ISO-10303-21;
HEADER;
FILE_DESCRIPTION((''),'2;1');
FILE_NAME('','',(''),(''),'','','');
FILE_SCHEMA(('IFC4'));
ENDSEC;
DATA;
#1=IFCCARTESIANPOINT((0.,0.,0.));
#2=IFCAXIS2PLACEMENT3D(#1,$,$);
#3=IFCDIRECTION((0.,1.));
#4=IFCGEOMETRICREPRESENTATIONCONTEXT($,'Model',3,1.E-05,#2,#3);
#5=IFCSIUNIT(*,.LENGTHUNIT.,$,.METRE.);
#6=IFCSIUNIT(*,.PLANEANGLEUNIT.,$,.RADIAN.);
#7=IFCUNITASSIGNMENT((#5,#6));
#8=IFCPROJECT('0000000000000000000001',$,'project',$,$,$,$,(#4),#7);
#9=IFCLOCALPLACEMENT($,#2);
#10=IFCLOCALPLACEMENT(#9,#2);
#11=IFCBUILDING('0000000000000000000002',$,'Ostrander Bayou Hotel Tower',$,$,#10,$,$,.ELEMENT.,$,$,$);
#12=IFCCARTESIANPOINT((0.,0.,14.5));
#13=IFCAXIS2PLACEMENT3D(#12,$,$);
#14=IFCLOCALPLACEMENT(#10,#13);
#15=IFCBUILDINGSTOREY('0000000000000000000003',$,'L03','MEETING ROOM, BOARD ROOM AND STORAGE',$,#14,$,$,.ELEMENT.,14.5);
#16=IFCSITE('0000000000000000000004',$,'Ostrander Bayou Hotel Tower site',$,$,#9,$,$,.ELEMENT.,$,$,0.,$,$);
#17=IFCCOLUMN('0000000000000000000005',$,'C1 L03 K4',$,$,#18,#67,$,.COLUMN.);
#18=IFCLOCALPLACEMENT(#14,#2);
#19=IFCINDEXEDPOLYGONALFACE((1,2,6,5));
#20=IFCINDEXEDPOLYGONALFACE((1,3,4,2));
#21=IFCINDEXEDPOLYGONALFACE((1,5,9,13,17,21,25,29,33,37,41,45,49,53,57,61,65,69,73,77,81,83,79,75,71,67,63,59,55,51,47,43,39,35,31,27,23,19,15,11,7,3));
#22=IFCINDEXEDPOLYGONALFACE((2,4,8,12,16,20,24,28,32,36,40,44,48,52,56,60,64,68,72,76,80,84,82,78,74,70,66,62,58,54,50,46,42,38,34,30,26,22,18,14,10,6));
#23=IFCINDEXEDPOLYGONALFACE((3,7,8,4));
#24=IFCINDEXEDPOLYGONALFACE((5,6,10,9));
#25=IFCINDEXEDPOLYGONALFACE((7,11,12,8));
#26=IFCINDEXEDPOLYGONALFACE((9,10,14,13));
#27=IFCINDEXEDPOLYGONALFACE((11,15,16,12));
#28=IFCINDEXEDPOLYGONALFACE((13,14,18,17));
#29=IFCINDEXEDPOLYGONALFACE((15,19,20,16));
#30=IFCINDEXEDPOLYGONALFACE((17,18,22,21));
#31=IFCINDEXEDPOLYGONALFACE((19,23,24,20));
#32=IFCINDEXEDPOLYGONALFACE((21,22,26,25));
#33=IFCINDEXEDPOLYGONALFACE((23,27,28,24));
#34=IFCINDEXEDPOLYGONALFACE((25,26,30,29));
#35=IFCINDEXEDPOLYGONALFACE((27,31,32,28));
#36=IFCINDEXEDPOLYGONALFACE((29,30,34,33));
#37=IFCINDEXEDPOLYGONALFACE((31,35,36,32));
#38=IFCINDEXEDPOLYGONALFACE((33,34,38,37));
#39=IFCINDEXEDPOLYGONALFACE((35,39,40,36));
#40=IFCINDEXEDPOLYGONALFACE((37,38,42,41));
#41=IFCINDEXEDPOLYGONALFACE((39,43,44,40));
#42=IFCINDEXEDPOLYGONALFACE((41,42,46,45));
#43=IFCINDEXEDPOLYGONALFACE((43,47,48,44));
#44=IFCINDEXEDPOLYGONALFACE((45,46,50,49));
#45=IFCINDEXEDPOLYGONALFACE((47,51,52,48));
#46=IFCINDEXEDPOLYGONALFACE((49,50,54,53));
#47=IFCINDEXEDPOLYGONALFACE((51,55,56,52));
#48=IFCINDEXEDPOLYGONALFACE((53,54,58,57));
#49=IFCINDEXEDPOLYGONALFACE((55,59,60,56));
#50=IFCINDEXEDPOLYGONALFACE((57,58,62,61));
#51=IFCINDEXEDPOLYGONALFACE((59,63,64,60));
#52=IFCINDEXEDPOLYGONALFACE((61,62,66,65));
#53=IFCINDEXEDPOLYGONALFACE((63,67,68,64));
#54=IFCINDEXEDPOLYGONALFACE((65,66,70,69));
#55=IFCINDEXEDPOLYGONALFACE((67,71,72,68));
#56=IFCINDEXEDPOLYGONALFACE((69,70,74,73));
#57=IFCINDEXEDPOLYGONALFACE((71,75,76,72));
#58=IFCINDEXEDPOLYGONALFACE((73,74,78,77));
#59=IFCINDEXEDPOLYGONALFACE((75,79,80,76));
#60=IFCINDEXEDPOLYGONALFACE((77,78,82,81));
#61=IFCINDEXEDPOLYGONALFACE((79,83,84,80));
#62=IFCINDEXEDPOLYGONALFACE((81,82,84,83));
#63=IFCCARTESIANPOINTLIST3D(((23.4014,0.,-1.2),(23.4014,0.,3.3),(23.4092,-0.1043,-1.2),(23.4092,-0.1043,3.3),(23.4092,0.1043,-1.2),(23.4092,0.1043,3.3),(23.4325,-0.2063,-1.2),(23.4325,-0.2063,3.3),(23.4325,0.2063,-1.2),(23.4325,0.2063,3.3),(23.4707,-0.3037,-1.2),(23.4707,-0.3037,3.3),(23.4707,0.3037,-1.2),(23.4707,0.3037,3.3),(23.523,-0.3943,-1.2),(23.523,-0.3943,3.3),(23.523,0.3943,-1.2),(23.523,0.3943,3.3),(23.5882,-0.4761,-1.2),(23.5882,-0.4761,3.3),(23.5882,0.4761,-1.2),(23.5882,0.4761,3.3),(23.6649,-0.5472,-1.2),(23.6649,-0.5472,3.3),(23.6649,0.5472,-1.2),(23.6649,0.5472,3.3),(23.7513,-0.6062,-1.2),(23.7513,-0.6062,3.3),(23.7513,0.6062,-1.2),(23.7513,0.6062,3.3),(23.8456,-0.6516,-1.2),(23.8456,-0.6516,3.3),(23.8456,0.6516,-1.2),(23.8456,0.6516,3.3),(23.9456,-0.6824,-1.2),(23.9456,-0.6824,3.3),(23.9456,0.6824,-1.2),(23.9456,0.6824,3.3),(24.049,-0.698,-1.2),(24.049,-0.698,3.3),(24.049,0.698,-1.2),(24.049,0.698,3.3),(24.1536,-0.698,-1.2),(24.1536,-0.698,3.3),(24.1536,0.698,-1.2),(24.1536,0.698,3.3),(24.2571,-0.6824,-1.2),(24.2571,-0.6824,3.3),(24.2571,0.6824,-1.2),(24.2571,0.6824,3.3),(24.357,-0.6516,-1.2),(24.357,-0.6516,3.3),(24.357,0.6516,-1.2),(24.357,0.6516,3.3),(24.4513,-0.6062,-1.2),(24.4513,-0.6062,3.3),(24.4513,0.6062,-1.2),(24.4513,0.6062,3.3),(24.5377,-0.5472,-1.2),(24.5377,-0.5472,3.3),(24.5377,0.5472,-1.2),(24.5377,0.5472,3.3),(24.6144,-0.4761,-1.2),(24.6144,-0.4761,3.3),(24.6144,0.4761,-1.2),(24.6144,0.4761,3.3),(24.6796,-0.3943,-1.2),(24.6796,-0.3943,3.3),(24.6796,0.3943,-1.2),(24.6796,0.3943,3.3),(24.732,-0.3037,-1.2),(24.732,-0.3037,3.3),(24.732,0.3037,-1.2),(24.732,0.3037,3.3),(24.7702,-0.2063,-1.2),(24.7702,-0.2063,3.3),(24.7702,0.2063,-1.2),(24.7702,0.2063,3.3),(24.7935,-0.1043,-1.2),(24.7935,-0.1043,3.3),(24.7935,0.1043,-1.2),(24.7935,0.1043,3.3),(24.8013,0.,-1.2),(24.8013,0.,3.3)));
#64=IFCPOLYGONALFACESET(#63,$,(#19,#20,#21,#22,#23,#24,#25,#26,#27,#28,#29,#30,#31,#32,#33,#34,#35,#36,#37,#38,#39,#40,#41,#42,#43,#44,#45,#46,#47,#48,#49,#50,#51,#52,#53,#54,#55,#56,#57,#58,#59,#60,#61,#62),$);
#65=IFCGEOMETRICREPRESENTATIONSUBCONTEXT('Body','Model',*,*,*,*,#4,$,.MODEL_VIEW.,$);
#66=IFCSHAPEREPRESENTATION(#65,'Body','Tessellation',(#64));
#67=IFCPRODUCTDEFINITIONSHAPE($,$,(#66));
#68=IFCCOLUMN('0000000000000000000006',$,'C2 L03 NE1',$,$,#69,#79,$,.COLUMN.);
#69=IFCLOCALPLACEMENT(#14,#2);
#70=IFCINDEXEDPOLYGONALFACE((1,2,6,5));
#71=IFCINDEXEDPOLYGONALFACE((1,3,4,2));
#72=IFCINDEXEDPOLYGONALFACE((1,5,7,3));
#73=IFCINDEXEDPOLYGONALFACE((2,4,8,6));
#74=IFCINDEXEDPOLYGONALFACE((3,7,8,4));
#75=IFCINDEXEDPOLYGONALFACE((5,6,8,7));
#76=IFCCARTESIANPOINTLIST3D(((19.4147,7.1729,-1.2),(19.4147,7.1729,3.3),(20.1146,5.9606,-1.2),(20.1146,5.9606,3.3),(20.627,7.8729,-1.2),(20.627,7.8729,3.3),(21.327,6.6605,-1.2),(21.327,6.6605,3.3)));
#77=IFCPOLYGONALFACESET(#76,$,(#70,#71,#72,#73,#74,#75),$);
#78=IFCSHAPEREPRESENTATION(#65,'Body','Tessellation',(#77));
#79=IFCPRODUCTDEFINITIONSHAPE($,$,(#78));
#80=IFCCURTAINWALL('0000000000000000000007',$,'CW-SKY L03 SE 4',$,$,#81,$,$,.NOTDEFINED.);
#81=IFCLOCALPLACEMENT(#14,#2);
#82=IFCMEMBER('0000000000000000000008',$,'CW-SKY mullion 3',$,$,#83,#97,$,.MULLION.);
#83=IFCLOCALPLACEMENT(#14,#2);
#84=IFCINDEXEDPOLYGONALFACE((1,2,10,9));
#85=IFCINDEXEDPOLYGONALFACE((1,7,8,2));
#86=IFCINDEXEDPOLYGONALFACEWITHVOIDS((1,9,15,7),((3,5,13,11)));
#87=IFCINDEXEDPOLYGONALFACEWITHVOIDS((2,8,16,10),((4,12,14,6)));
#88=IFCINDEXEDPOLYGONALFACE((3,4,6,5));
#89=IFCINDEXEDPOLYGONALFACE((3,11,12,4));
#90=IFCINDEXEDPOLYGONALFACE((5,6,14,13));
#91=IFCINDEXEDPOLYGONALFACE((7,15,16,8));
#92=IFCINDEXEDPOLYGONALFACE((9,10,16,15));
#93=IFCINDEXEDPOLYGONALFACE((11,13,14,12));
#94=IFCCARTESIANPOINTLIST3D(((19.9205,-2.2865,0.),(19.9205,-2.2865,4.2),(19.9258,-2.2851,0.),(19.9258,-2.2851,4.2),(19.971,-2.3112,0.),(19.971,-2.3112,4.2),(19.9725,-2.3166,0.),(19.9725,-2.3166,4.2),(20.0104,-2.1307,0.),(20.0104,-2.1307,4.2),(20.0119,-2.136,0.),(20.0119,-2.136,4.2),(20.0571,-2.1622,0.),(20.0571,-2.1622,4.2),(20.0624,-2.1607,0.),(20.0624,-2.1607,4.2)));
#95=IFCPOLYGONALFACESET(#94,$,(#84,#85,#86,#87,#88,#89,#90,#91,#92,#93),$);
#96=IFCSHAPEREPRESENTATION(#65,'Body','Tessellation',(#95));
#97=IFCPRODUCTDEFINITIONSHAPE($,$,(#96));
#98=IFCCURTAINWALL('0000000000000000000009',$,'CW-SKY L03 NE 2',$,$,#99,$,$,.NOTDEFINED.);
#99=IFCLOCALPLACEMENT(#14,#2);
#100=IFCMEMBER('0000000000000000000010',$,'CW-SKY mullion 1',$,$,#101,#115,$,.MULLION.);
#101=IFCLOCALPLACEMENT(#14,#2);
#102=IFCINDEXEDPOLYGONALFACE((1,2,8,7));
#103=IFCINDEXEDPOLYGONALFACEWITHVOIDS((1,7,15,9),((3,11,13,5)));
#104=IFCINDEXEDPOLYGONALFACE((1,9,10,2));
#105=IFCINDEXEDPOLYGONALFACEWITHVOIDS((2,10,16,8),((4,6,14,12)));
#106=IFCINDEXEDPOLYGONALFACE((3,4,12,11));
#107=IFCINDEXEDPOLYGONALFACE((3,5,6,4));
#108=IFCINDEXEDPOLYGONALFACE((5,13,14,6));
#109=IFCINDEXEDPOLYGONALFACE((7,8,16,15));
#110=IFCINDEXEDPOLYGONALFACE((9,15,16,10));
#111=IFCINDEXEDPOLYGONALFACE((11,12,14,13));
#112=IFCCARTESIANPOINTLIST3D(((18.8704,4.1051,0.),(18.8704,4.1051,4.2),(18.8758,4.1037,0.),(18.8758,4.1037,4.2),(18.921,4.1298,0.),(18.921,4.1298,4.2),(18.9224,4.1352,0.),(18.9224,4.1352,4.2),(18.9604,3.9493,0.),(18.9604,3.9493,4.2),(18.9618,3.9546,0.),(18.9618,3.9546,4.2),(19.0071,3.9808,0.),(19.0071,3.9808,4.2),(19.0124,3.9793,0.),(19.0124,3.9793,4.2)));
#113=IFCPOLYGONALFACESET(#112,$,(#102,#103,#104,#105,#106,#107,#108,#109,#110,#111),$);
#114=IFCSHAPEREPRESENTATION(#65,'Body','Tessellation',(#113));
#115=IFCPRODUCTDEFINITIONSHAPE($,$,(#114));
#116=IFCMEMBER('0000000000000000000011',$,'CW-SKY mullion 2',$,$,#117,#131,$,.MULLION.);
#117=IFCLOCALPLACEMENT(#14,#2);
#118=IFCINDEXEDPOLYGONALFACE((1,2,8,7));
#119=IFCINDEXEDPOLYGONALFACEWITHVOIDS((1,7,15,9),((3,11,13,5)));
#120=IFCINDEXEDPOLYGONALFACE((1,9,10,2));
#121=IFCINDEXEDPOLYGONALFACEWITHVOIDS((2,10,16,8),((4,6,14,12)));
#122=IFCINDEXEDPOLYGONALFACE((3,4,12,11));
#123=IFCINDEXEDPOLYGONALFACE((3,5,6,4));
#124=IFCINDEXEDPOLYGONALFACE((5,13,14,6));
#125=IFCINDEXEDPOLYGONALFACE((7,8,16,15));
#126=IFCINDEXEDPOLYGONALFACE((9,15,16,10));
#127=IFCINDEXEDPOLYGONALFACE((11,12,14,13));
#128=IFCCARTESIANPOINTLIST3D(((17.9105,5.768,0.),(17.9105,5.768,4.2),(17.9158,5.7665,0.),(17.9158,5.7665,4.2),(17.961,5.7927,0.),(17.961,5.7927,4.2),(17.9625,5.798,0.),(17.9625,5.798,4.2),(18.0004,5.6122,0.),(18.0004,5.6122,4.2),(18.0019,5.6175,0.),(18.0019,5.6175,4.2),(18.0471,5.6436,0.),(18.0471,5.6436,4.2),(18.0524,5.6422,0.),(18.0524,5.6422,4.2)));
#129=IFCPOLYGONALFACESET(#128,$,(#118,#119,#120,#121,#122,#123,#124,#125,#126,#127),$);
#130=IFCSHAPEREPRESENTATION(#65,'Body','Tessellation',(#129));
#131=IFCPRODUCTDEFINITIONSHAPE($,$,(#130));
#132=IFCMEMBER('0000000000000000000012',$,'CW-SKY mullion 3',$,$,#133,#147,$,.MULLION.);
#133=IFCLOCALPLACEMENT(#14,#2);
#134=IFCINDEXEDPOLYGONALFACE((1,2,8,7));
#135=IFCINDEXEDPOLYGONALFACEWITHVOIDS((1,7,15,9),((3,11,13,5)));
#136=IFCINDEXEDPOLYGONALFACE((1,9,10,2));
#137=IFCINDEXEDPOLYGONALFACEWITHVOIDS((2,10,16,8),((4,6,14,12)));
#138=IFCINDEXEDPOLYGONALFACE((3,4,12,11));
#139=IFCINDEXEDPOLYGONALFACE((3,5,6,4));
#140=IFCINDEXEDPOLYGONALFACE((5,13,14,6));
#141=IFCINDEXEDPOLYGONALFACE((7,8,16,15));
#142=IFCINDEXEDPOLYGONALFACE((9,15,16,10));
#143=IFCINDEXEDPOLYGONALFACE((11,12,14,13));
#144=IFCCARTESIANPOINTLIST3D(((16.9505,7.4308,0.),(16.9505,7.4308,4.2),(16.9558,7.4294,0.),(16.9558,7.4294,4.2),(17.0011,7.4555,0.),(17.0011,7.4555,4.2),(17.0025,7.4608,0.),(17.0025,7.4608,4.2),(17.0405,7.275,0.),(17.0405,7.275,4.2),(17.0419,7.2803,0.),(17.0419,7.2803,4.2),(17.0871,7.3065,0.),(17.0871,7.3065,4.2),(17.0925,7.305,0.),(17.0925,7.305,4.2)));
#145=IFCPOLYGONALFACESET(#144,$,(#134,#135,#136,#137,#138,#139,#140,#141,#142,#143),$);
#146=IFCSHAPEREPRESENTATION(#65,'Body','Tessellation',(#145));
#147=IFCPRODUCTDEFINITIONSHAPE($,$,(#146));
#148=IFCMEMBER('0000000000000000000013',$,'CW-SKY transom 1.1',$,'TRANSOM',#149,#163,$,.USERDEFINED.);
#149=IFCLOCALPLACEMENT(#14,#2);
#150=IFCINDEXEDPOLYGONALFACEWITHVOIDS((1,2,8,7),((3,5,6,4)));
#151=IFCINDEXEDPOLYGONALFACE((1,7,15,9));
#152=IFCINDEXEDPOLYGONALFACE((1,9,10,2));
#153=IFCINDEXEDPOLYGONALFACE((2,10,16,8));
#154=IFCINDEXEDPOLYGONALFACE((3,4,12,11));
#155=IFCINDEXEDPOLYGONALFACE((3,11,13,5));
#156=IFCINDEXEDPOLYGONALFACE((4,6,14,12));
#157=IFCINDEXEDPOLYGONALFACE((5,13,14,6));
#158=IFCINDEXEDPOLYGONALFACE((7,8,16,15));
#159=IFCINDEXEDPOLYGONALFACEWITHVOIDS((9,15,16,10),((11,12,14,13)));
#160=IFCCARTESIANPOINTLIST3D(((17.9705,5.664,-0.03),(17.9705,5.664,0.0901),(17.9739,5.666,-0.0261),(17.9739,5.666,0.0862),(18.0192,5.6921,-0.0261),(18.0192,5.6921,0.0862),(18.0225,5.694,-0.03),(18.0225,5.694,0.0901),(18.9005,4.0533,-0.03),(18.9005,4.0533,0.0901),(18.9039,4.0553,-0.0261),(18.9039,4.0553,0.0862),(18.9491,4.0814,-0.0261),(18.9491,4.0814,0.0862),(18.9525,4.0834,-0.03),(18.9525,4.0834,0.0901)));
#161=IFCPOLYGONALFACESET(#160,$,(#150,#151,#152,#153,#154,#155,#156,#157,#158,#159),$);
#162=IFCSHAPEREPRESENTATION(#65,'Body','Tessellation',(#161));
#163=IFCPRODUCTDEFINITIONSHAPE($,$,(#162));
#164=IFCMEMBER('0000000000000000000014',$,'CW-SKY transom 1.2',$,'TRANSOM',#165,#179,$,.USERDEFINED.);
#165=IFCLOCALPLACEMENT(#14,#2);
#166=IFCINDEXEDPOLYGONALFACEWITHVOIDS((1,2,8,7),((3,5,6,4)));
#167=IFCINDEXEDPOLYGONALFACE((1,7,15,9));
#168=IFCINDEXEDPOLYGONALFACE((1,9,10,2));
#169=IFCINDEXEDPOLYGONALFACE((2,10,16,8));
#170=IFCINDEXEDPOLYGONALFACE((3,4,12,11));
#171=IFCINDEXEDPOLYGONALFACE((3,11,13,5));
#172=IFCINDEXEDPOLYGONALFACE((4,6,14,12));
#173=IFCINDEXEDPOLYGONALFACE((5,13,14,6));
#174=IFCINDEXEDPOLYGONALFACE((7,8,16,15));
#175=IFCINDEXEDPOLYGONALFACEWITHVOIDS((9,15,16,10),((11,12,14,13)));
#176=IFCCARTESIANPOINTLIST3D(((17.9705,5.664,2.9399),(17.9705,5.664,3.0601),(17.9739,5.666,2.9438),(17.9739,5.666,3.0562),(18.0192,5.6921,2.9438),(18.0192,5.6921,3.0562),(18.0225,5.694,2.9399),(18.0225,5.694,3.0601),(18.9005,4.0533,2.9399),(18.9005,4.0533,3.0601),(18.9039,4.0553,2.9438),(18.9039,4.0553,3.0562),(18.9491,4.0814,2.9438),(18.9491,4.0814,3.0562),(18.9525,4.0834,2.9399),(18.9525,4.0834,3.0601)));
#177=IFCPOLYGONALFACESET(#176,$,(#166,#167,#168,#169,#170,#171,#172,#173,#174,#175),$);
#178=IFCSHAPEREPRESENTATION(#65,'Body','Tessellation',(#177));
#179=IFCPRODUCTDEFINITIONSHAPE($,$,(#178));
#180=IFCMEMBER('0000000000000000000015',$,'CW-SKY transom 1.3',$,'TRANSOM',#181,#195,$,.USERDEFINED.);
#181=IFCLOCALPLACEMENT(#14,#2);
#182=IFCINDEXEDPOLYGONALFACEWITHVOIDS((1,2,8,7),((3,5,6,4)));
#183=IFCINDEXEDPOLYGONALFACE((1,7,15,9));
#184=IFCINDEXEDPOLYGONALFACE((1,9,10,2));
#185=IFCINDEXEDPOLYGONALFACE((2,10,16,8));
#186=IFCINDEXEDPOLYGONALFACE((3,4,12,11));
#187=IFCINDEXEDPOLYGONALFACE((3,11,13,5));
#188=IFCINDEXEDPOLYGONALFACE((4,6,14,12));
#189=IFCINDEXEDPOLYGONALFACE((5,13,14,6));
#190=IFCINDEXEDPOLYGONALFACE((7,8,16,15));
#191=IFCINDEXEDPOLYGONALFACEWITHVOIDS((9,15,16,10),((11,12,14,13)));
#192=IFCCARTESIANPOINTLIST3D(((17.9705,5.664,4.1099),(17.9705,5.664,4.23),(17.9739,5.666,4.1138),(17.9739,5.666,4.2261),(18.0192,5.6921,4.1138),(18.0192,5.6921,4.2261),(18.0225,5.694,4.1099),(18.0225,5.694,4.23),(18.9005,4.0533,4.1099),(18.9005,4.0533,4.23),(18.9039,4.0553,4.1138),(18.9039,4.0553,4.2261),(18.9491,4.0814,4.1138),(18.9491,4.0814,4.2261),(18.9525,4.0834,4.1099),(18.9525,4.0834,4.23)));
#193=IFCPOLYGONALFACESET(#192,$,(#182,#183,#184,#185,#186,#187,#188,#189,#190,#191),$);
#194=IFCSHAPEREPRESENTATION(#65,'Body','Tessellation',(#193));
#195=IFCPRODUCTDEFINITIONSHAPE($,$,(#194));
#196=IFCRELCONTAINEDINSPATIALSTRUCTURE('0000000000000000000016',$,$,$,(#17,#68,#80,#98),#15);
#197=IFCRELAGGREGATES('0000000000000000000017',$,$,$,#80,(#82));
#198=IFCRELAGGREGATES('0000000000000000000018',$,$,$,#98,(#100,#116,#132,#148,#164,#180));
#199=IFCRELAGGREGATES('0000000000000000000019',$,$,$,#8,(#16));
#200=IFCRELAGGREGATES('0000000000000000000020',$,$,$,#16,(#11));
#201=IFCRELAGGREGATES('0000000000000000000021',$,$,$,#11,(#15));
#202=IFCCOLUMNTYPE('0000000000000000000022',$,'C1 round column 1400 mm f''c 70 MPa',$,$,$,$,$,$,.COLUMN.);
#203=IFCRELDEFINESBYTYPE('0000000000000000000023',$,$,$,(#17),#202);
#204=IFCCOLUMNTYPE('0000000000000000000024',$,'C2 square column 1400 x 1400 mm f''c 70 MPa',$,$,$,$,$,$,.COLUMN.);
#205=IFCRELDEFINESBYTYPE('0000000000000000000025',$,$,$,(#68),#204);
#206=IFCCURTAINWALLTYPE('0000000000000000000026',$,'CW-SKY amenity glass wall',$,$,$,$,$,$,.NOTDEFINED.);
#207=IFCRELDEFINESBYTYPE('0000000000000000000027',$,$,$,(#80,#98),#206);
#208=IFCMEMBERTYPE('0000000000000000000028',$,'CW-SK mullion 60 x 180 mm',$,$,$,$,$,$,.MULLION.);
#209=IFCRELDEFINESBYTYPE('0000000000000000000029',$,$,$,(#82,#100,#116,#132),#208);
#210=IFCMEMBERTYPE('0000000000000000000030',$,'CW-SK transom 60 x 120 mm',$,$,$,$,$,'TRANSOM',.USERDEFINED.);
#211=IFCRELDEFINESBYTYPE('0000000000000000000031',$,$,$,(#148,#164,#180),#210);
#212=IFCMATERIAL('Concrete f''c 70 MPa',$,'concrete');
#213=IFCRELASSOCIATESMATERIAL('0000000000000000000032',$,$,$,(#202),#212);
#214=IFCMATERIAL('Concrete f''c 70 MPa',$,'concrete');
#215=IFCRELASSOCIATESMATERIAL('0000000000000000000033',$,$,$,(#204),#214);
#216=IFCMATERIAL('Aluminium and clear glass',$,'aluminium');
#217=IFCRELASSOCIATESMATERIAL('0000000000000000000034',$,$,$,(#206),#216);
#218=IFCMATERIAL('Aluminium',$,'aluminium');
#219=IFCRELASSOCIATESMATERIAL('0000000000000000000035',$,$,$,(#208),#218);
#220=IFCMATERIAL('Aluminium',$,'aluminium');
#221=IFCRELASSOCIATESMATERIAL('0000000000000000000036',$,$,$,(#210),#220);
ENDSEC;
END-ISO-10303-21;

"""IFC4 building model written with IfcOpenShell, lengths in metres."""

from ifc_helpers import new_model, si_unit, direction, frame, origin, origin_2d, place, context, subcontext, project, spatial, rectangle, hollow_rectangle, circle, extrude, material, material_profile, profile_set, type_object, element, aggregate, save


model = new_model("IFC4")

# Units and contexts
model_context = context("Model", 3, precision=1e-05, world=origin(), true_north=direction((0.0, 1.0)))
body_context = subcontext(model_context, "Body", "Model", "MODEL_VIEW")
ifc_project = project(units=[si_unit("LENGTHUNIT", "METRE"), si_unit("PLANEANGLEUNIT", "RADIAN")], contexts=[model_context])

# Site, building, storey
site_placement = place(None, origin())
site = spatial("IfcSite", under=ifc_project, at=site_placement, Name="Ostrander Bayou Hotel Tower site", CompositionType="ELEMENT", RefElevation=0.0)
building_placement = place(site_placement, origin())
building = spatial("IfcBuilding", under=site, at=building_placement, Name="Ostrander Bayou Hotel Tower", CompositionType="ELEMENT")
storey_placement = place(building_placement, frame((0.0, 0.0, 14.5)))
storey = spatial("IfcBuildingStorey", under=building, at=storey_placement, Name="L03", Description="MEETING ROOM, BOARD ROOM AND STORAGE", CompositionType="ELEMENT", Elevation=14.5)

# Columns
ifc_material_1 = material(Name="Concrete f'c 70 MPa", Category="concrete")
ifc_material_profile_1 = material_profile(ifc_material_1, circle(Radius=0.7, at=origin_2d()))
ifc_profile_set_1 = profile_set([ifc_material_profile_1], Name="Concrete f'c 70 MPa")
column_type_1 = type_object("IfcColumnType", Name="C1 round column 1400 mm f'c 70 MPa", PredefinedType="COLUMN", material=ifc_profile_set_1)
column_1_placement = place(storey_placement, frame((24.1013, 0.0, -1.2), z_axis=(0.0, 0.0, 1.0), x_axis=(1.0, 0.0, 0.0)))
element("IfcColumn", 1, at=column_1_placement, inside=storey, type_object=column_type_1, Name="C1 L03 K4", PredefinedType="COLUMN", context=body_context, shape_type="SweptSolid", body=[
    extrude(circle(Radius=0.7, at=origin_2d()), origin(), (0.0, 0.0, 1.0), 4.5),
])
ifc_material_2 = material(Name="Concrete f'c 70 MPa", Category="concrete")
ifc_material_profile_2 = material_profile(ifc_material_2, rectangle(XDim=1.3999, YDim=1.3999, at=origin_2d()))
ifc_profile_set_2 = profile_set([ifc_material_profile_2], Name="Concrete f'c 70 MPa")
column_type_2 = type_object("IfcColumnType", Name="C2 square column 1400 x 1400 mm f'c 70 MPa", PredefinedType="COLUMN", material=ifc_profile_set_2)
column_2_placement = place(storey_placement, frame((20.3708, 6.9167, -1.2), z_axis=(0.0, 0.0, 1.0), x_axis=(0.5, -0.866025, 0.0)))
element("IfcColumn", 2, at=column_2_placement, inside=storey, type_object=column_type_2, Name="C2 L03 NE1", PredefinedType="COLUMN", context=body_context, shape_type="SweptSolid", body=[
    extrude(rectangle(XDim=1.3999, YDim=1.3999, at=origin_2d()), origin(), (0.0, 0.0, 1.0), 4.5),
])

# Curtain wall, member
ifc_material_3 = material(Name="Aluminium and clear glass", Category="aluminium")
curtain_wall_type = type_object("IfcCurtainWallType", Name="CW-SKY amenity glass wall", PredefinedType="NOTDEFINED", material=ifc_material_3)
curtain_wall_1_placement = place(storey_placement, origin())
curtain_wall_1 = element("IfcCurtainWall", 3, at=curtain_wall_1_placement, inside=storey, type_object=curtain_wall_type, Name="CW-SKY L03 SE 4", PredefinedType="NOTDEFINED")
ifc_material_4 = material(Name="Aluminium", Category="aluminium")
ifc_material_profile_3 = material_profile(ifc_material_4, hollow_rectangle(XDim=0.0601, YDim=0.1799, WallThickness=0.0039, at=origin_2d()))
ifc_profile_set_3 = profile_set([ifc_material_profile_3], Name="Aluminium")
member_type_1 = type_object("IfcMemberType", Name="CW-SK mullion 60 x 180 mm", PredefinedType="MULLION", material=ifc_profile_set_3)
member_1_placement = place(storey_placement, frame((19.9915, -2.2236, 0.0), z_axis=(0.0, 0.0, 1.0), x_axis=(-0.866026, 0.499999, 0.0)))
member_1 = element("IfcMember", 4, at=member_1_placement, type_object=member_type_1, Name="CW-SKY mullion 3", PredefinedType="MULLION", context=body_context, shape_type="SweptSolid", body=[
    extrude(hollow_rectangle(XDim=0.0601, YDim=0.1799, WallThickness=0.0039, at=origin_2d()), origin(), (0.0, 0.0, 1.0), 4.2),
])

# Curtain wall, members
curtain_wall_2_placement = place(storey_placement, origin())
curtain_wall_2 = element("IfcCurtainWall", 5, at=curtain_wall_2_placement, inside=storey, type_object=curtain_wall_type, Name="CW-SKY L03 NE 2", PredefinedType="NOTDEFINED")
member_2_placement = place(storey_placement, frame((18.9414, 4.0422, 0.0), z_axis=(0.0, 0.0, 1.0), x_axis=(-0.866025, -0.5, 0.0)))
member_2 = element("IfcMember", 6, at=member_2_placement, type_object=member_type_1, Name="CW-SKY mullion 1", PredefinedType="MULLION", context=body_context, shape_type="SweptSolid", body=[
    extrude(hollow_rectangle(XDim=0.0601, YDim=0.1799, WallThickness=0.0039, at=origin_2d()), origin(), (0.0, 0.0, 1.0), 4.2),
])
member_3_placement = place(storey_placement, frame((17.9814, 5.7051, 0.0), z_axis=(0.0, 0.0, 1.0), x_axis=(-0.866025, -0.5, 0.0)))
member_3 = element("IfcMember", 7, at=member_3_placement, type_object=member_type_1, Name="CW-SKY mullion 2", PredefinedType="MULLION", context=body_context, shape_type="SweptSolid", body=[
    extrude(hollow_rectangle(XDim=0.0601, YDim=0.1799, WallThickness=0.0039, at=origin_2d()), origin(), (0.0, 0.0, 1.0), 4.2),
])
member_4_placement = place(storey_placement, frame((17.0215, 7.3679, 0.0), z_axis=(0.0, 0.0, 1.0), x_axis=(-0.866025, -0.5, 0.0)))
member_4 = element("IfcMember", 8, at=member_4_placement, type_object=member_type_1, Name="CW-SKY mullion 3", PredefinedType="MULLION", context=body_context, shape_type="SweptSolid", body=[
    extrude(hollow_rectangle(XDim=0.0601, YDim=0.1799, WallThickness=0.0039, at=origin_2d()), origin(), (0.0, 0.0, 1.0), 4.2),
])
ifc_material_5 = material(Name="Aluminium", Category="aluminium")
ifc_material_profile_4 = material_profile(ifc_material_5, hollow_rectangle(XDim=0.0601, YDim=0.1201, WallThickness=0.0039, at=origin_2d()))
ifc_profile_set_4 = profile_set([ifc_material_profile_4], Name="Aluminium")
member_type_2 = type_object("IfcMemberType", Name="CW-SK transom 60 x 120 mm", ElementType="TRANSOM", PredefinedType="USERDEFINED", material=ifc_profile_set_4)
member_5_placement = place(storey_placement, frame((18.9265, 4.0684, 0.03), z_axis=(-0.500022, 0.866013, 0.0), x_axis=(-0.866013, -0.500022, 0.0)))
member_5 = element("IfcMember", 9, at=member_5_placement, type_object=member_type_2, Name="CW-SKY transom 1.1", ObjectType="TRANSOM", PredefinedType="USERDEFINED", context=body_context, shape_type="SweptSolid", body=[
    extrude(hollow_rectangle(XDim=0.0601, YDim=0.1201, WallThickness=0.0039, at=origin_2d()), origin(), (0.0, 0.0, 1.0), 1.8599),
])
member_6_placement = place(storey_placement, frame((18.9265, 4.0684, 3.0), z_axis=(-0.500022, 0.866013, 0.0), x_axis=(-0.866013, -0.500022, 0.0)))
member_6 = element("IfcMember", 10, at=member_6_placement, type_object=member_type_2, Name="CW-SKY transom 1.2", ObjectType="TRANSOM", PredefinedType="USERDEFINED", context=body_context, shape_type="SweptSolid", body=[
    extrude(hollow_rectangle(XDim=0.0601, YDim=0.1201, WallThickness=0.0039, at=origin_2d()), origin(), (0.0, 0.0, 1.0), 1.8599),
])
member_7_placement = place(storey_placement, frame((18.9265, 4.0684, 4.1699), z_axis=(-0.500022, 0.866013, 0.0), x_axis=(-0.866013, -0.500022, 0.0)))
member_7 = element("IfcMember", 11, at=member_7_placement, type_object=member_type_2, Name="CW-SKY transom 1.3", ObjectType="TRANSOM", PredefinedType="USERDEFINED", context=body_context, shape_type="SweptSolid", body=[
    extrude(hollow_rectangle(XDim=0.0601, YDim=0.1201, WallThickness=0.0039, at=origin_2d()), origin(), (0.0, 0.0, 1.0), 1.8599),
])

aggregate(curtain_wall_1, [member_1])
aggregate(curtain_wall_2, [member_2, member_3, member_4, member_5, member_6, member_7])

save(model, "model.ifc")
